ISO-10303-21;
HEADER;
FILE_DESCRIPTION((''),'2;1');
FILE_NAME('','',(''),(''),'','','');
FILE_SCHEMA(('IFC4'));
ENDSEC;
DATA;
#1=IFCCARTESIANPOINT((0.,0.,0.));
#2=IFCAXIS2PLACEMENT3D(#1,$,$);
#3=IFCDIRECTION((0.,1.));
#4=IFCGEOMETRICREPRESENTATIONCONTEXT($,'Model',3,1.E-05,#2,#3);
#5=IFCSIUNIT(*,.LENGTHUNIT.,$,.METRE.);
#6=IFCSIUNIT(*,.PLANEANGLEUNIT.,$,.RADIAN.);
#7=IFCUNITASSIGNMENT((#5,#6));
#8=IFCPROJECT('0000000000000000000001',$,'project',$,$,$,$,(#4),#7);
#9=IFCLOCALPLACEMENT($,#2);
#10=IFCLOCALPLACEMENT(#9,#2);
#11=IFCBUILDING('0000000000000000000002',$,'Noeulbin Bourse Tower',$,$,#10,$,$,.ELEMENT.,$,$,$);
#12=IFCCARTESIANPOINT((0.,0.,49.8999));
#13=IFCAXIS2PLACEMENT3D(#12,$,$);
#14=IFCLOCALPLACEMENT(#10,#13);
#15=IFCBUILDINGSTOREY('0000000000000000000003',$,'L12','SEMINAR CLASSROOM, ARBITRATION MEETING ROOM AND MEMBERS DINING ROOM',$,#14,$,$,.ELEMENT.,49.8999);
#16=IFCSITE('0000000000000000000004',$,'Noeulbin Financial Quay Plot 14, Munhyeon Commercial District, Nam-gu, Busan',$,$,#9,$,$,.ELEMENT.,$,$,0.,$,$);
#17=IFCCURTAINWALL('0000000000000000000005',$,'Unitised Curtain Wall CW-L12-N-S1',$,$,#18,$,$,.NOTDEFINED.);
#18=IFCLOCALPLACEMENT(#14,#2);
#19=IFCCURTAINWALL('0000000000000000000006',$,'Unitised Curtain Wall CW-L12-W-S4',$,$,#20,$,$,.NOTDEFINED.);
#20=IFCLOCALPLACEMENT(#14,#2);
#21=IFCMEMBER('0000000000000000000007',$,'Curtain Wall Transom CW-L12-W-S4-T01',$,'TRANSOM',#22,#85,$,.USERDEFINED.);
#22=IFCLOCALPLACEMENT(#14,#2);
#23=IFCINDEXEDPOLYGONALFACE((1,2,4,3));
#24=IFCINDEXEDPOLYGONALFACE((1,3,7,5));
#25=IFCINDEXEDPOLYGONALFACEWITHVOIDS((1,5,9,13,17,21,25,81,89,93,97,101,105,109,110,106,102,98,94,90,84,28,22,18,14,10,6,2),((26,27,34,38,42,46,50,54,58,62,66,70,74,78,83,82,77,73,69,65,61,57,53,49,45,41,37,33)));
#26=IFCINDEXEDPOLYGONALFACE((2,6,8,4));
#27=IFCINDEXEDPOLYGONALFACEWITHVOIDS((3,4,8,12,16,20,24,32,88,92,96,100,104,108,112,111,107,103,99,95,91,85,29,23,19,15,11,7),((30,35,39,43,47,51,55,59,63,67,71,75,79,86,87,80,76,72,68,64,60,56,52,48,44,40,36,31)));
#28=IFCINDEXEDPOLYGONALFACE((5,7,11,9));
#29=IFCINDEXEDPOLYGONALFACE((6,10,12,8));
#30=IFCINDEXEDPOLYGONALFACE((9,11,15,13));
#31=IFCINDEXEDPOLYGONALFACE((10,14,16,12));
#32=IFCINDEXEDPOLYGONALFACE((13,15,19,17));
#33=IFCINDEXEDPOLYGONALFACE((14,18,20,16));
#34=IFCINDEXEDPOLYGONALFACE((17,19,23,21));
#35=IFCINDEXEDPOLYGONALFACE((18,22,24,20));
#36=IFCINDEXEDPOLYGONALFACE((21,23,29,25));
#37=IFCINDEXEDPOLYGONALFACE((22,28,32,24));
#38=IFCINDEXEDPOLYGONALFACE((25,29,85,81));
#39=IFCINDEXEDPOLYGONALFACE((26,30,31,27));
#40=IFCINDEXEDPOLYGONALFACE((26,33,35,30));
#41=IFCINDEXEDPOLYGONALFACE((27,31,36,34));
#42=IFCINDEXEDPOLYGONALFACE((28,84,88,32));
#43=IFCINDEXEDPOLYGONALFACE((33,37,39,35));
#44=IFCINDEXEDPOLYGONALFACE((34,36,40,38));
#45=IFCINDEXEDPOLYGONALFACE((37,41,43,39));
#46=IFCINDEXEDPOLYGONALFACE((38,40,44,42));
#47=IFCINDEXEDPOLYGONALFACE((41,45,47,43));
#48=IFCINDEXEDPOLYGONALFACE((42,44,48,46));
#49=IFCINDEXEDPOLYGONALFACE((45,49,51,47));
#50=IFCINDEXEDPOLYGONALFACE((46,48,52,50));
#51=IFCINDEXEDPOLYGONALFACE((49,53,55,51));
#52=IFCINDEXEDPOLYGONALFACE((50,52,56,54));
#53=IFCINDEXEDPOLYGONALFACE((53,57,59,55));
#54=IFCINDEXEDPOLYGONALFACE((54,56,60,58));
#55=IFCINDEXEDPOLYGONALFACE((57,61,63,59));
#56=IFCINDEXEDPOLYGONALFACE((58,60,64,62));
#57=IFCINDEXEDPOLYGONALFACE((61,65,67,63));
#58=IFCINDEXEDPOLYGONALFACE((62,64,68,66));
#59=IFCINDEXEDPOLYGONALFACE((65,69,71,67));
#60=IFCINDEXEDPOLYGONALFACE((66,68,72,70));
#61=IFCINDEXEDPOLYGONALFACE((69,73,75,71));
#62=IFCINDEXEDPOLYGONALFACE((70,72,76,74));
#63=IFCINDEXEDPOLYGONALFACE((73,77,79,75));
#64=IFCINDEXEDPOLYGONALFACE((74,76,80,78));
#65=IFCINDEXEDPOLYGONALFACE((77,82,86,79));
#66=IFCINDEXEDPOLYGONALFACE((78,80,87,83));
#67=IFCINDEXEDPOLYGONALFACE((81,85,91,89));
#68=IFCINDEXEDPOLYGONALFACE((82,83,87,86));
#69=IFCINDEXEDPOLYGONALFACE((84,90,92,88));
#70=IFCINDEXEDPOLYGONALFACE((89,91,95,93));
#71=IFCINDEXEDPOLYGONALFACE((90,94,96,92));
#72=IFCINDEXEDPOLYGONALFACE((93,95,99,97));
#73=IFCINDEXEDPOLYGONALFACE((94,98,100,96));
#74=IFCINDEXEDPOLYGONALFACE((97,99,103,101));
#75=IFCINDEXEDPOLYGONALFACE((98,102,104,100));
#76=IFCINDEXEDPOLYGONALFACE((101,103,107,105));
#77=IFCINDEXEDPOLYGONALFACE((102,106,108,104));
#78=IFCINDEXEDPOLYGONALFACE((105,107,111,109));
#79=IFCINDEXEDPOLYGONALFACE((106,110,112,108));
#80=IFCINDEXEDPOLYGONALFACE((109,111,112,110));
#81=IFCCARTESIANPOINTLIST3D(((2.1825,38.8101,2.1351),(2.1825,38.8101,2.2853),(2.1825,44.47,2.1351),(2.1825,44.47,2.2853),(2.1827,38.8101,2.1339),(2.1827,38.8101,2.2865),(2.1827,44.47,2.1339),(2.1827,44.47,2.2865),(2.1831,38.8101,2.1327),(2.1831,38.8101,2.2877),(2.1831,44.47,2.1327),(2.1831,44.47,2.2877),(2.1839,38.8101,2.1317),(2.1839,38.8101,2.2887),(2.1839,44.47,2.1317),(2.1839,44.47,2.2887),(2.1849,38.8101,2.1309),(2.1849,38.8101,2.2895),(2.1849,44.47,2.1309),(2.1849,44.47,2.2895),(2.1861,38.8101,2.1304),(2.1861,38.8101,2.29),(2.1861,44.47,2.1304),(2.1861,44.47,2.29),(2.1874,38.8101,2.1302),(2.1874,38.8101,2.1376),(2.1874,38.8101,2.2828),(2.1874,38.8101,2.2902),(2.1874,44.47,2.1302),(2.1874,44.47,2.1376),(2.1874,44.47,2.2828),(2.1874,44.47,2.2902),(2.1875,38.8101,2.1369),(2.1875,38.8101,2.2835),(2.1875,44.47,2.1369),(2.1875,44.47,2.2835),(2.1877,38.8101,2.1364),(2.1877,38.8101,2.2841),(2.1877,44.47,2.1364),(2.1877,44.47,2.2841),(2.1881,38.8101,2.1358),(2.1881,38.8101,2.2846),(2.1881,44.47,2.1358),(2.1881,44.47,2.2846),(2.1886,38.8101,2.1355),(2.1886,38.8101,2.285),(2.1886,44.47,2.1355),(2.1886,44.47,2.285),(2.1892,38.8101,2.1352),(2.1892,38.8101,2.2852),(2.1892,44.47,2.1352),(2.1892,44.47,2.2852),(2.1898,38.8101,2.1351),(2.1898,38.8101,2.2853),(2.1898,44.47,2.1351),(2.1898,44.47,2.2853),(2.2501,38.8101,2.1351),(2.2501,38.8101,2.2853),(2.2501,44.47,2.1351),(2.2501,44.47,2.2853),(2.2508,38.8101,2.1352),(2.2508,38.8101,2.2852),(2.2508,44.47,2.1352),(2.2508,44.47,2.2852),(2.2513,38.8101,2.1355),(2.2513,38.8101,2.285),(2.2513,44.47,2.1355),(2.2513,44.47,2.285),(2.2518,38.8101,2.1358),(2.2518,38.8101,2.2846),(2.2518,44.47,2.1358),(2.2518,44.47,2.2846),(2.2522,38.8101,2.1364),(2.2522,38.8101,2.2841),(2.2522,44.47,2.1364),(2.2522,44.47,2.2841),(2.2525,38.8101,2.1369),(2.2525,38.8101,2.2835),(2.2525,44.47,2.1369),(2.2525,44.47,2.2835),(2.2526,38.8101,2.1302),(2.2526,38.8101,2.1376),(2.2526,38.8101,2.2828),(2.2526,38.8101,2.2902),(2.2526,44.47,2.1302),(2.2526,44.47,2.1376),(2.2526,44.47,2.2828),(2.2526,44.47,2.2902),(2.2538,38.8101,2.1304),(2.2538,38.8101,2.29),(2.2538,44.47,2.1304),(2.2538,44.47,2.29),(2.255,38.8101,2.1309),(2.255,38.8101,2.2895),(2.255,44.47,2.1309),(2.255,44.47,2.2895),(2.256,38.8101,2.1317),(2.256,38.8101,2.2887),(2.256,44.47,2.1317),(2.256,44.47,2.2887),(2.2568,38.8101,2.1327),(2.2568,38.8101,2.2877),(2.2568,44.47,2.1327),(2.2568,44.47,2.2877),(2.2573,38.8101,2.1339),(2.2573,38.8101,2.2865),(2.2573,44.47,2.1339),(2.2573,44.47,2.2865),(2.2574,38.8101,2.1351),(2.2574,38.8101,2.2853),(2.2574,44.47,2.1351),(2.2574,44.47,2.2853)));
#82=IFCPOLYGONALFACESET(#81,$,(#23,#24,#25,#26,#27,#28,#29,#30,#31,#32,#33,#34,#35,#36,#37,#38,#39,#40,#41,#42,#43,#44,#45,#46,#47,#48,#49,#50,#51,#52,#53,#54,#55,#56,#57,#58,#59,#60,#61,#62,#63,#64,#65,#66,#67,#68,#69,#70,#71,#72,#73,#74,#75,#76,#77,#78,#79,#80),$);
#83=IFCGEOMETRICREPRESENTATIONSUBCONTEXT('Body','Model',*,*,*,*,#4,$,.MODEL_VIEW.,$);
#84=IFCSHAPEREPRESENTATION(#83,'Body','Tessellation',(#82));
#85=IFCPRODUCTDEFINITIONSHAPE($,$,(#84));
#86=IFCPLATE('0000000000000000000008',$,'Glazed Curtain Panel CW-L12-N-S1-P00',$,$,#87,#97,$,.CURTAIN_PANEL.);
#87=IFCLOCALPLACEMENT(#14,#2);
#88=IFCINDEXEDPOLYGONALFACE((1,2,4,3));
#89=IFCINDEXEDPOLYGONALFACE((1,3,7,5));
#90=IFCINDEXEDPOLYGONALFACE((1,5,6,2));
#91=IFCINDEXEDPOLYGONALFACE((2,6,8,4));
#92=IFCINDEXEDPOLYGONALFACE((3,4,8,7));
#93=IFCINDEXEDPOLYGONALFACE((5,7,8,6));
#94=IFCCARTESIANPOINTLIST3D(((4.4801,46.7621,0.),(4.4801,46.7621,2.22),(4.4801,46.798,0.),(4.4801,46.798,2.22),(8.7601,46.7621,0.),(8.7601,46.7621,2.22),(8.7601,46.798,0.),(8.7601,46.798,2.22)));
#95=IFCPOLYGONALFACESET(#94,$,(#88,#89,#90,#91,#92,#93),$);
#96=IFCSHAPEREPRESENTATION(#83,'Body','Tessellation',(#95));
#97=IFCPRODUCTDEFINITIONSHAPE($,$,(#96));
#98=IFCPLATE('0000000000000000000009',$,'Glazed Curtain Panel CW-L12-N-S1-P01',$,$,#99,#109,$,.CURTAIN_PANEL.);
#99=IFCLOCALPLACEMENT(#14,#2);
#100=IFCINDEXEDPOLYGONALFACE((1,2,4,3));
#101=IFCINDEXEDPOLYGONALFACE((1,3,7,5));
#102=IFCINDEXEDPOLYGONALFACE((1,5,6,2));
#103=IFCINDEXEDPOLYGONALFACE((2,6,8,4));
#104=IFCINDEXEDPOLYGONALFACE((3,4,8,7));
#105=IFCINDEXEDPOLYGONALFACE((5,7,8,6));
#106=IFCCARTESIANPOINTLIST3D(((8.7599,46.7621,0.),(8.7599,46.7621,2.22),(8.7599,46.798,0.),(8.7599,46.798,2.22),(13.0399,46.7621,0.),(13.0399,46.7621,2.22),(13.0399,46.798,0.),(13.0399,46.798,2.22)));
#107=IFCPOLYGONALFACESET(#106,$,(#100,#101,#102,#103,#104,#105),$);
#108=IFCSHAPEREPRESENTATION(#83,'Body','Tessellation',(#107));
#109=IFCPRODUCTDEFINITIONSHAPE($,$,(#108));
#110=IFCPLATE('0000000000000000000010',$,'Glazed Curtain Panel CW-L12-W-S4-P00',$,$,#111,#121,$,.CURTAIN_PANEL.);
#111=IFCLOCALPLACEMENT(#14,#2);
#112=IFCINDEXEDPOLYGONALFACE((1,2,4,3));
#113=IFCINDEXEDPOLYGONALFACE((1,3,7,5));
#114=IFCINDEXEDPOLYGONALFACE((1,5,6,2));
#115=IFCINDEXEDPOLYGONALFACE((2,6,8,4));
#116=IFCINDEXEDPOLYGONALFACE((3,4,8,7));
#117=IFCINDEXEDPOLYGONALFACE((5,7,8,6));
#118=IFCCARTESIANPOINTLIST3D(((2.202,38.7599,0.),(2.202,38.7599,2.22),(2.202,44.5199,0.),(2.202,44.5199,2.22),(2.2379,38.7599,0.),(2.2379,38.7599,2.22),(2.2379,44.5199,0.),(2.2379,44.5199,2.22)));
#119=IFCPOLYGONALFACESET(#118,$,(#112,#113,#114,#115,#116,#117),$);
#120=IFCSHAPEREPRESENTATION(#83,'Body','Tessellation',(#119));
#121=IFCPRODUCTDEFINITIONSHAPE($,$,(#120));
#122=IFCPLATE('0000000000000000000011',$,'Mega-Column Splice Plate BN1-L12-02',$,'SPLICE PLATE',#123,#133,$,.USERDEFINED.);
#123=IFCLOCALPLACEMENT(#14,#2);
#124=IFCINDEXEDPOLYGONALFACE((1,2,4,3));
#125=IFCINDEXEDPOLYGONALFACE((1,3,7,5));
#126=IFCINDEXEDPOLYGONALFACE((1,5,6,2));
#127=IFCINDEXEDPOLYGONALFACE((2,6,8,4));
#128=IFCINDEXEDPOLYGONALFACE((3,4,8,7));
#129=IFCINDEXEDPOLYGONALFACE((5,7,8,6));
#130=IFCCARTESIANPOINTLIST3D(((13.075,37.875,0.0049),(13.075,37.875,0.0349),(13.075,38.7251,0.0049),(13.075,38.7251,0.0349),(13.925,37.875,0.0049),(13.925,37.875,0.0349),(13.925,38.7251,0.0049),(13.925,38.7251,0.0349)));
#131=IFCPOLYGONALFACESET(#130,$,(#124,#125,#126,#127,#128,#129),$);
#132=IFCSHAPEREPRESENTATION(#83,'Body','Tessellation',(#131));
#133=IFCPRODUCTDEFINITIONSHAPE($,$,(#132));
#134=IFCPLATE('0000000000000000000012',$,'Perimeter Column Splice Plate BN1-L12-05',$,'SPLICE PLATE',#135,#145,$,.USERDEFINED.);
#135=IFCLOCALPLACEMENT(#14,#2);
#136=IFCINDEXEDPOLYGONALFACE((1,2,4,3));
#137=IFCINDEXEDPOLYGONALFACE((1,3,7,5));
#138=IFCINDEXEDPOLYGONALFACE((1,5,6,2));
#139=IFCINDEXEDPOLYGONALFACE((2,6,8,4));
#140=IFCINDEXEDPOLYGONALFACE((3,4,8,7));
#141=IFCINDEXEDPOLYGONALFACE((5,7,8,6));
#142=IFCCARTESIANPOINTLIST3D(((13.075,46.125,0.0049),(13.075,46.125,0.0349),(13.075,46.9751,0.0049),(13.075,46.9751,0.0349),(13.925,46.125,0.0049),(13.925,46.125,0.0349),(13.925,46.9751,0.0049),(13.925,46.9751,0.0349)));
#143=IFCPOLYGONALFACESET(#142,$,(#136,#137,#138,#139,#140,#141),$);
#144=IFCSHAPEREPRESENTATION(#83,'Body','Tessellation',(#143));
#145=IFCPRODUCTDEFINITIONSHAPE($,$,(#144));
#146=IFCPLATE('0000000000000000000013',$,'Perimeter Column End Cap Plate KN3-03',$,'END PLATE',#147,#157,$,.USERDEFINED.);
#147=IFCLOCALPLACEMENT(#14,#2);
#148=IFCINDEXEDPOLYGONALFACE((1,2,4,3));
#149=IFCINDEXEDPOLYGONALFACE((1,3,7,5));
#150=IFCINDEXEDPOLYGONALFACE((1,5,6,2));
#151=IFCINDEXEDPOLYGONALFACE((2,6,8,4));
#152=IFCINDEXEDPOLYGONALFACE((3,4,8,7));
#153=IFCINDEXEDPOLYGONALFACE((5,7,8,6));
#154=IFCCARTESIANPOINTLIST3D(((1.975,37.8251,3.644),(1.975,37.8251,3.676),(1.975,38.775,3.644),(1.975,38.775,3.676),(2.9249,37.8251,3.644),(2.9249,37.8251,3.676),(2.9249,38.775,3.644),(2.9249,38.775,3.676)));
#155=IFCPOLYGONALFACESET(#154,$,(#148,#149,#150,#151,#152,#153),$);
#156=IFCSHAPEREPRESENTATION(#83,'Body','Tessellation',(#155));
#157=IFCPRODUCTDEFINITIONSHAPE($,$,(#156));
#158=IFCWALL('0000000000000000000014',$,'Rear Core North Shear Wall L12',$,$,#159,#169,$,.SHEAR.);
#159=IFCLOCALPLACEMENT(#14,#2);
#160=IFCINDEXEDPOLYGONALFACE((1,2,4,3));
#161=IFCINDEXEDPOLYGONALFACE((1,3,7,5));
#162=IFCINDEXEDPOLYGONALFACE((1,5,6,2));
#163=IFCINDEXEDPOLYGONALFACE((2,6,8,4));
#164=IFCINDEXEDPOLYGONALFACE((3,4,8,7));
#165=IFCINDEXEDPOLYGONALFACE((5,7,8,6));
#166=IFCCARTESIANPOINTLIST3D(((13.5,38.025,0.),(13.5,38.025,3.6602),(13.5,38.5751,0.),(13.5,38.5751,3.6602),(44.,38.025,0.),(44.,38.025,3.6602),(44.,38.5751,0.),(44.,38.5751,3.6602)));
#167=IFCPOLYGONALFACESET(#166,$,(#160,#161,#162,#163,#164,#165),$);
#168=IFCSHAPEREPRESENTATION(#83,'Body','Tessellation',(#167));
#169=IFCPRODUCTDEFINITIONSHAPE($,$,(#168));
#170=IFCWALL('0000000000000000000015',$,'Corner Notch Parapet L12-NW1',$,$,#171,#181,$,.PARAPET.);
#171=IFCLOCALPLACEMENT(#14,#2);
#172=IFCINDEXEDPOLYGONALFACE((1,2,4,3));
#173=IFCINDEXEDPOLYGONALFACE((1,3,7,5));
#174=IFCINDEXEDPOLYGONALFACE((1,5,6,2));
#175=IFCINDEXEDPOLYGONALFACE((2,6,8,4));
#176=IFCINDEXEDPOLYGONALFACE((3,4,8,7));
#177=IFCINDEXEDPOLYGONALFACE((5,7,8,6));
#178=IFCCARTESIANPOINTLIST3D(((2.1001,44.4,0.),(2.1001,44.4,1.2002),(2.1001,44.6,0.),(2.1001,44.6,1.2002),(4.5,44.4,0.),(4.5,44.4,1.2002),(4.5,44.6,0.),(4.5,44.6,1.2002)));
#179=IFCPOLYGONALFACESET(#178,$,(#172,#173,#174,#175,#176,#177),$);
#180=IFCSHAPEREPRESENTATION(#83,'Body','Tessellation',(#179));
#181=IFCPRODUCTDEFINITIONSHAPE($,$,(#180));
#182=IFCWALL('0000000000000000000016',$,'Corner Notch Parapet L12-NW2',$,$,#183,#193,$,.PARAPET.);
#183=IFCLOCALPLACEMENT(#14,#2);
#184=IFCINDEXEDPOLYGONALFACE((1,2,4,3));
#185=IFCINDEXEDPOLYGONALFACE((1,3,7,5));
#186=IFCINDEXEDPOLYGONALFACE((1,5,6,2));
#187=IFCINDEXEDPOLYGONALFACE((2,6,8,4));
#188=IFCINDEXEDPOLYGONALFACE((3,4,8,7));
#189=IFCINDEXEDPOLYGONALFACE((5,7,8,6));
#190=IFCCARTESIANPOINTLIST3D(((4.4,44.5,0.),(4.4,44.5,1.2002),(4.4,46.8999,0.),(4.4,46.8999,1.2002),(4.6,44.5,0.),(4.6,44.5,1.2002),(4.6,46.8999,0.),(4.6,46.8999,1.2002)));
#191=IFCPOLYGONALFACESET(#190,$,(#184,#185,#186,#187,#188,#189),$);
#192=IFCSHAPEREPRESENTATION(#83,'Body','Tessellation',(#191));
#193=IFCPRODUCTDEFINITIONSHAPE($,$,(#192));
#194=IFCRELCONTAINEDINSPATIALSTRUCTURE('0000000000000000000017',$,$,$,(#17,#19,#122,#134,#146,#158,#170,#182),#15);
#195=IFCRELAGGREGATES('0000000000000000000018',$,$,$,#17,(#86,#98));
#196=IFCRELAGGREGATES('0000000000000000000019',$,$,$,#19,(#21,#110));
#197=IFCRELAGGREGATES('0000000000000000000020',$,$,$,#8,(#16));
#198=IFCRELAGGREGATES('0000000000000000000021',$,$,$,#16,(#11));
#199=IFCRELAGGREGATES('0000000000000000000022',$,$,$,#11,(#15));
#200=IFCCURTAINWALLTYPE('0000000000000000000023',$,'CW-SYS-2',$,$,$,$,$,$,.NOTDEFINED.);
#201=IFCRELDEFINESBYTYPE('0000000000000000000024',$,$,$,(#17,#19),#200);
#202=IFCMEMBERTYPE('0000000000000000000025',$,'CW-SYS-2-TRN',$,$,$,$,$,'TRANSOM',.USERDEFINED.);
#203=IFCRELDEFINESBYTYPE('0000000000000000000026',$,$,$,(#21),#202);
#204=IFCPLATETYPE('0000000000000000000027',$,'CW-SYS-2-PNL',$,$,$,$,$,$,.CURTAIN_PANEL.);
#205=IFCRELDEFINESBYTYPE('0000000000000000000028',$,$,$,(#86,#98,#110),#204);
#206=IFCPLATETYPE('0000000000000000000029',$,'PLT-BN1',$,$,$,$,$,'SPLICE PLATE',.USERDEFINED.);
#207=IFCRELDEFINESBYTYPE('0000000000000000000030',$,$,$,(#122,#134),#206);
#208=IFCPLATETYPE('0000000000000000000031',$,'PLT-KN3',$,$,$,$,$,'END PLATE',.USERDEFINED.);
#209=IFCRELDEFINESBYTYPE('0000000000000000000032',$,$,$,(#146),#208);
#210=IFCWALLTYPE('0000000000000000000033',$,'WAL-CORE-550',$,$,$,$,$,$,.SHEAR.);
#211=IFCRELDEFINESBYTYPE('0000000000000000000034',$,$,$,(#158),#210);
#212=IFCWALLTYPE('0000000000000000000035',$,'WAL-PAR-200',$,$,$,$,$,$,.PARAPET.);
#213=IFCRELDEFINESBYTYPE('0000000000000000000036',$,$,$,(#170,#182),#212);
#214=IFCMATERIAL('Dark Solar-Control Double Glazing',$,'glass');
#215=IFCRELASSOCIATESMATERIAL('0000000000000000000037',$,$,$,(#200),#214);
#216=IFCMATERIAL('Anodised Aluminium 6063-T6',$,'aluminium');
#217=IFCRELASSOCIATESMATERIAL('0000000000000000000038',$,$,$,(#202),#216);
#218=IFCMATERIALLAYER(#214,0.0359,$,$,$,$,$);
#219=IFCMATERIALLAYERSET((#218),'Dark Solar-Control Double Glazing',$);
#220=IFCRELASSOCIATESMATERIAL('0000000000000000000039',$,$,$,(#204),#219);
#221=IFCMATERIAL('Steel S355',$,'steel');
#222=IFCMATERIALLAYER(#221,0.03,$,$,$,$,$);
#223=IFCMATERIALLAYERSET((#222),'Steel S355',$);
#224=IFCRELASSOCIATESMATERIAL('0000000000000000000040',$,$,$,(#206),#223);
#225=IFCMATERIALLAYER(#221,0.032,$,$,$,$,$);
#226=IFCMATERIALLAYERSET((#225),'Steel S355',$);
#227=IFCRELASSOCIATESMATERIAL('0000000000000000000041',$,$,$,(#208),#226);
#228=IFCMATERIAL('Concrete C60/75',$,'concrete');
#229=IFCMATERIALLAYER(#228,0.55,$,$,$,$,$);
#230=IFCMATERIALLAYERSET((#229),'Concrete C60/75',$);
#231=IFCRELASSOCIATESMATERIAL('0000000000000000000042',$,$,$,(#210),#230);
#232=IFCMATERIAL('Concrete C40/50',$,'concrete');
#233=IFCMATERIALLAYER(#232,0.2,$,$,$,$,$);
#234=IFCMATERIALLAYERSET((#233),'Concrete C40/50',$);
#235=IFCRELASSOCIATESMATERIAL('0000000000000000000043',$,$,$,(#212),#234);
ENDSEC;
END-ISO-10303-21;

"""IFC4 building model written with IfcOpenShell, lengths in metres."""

from ifc_helpers import new_model, si_unit, direction, frame, frame_2d, origin, origin_2d, place, context, subcontext, project, spatial, rectangle, hollow_rectangle, extrude, material, layer, layer_set, material_profile, profile_set, type_object, element, aggregate, save


model = new_model("IFC4")

# Units and contexts
model_context = context("Model", 3, precision=1e-05, world=origin(), true_north=direction((0.0, 1.0)))
body_context = subcontext(model_context, "Body", "Model", "MODEL_VIEW")
ifc_project = project(units=[si_unit("LENGTHUNIT", "METRE"), si_unit("PLANEANGLEUNIT", "RADIAN")], contexts=[model_context])

# Site, building, storey
site_placement = place(None, origin())
site = spatial("IfcSite", under=ifc_project, at=site_placement, Name="Noeulbin Financial Quay Plot 14, Munhyeon Commercial District, Nam-gu, Busan", CompositionType="ELEMENT", RefElevation=0.0)
building_placement = place(site_placement, origin())
building = spatial("IfcBuilding", under=site, at=building_placement, Name="Noeulbin Bourse Tower", CompositionType="ELEMENT")
storey_placement = place(building_placement, frame((0.0, 0.0, 49.8999)))
storey = spatial("IfcBuildingStorey", under=building, at=storey_placement, Name="L12", Description="SEMINAR CLASSROOM, ARBITRATION MEETING ROOM AND MEMBERS DINING ROOM", CompositionType="ELEMENT", Elevation=49.8999)

# Shared definitions
ifc_material_1 = material(Name="Steel S355", Category="steel")

# Curtain wall
ifc_material_2 = material(Name="Dark Solar-Control Double Glazing", Category="glass")
curtain_wall_type = type_object("IfcCurtainWallType", Name="CW-SYS-2", PredefinedType="NOTDEFINED", material=ifc_material_2)
curtain_wall_1_placement = place(storey_placement, origin())
curtain_wall_1 = element("IfcCurtainWall", 1, at=curtain_wall_1_placement, inside=storey, type_object=curtain_wall_type, Name="Unitised Curtain Wall CW-L12-N-S1", PredefinedType="NOTDEFINED")
ifc_material_3 = material(Name="Anodised Aluminium 6063-T6", Category="aluminium")

# Curtain wall
curtain_wall_2_placement = place(storey_placement, origin())
curtain_wall_2 = element("IfcCurtainWall", 2, at=curtain_wall_2_placement, inside=storey, type_object=curtain_wall_type, Name="Unitised Curtain Wall CW-L12-W-S4", PredefinedType="NOTDEFINED")

# Member
ifc_material_profile_1 = material_profile(ifc_material_3, hollow_rectangle(XDim=0.075, YDim=0.1599, WallThickness=0.0049, InnerFilletRadius=0.0024, OuterFilletRadius=0.0049, at=origin_2d()), Name="ALU-TRAN-75x160x5", Category="LoadBearing")
ifc_profile_set_1 = profile_set([ifc_material_profile_1], Name="Anodised Aluminium 6063-T6")
member_type_1 = type_object("IfcMemberType", Name="CW-SYS-2-TRN", ElementType="TRANSOM", PredefinedType="USERDEFINED", material=ifc_profile_set_1)
member_1_placement = place(storey_placement, frame((2.22, 38.8101, 2.2102), z_axis=(0.0, 1.0, 0.0), x_axis=(-1.0, 0.0, 0.0)))
member_1 = element("IfcMember", 3, at=member_1_placement, type_object=member_type_1, Name="Curtain Wall Transom CW-L12-W-S4-T01", ObjectType="TRANSOM", PredefinedType="USERDEFINED", context=body_context, shape_type="SweptSolid", body=[
    extrude(hollow_rectangle(XDim=0.075, YDim=0.1599, WallThickness=0.0049, InnerFilletRadius=0.0024, OuterFilletRadius=0.0049, at=origin_2d()), origin(), (0.0, 0.0, 1.0), 5.6599),
])

# Plates
ifc_layer_1 = layer(ifc_material_2, 0.0359)
ifc_layer_set_1 = layer_set([ifc_layer_1], Name="Dark Solar-Control Double Glazing")
plate_type_1 = type_object("IfcPlateType", Name="CW-SYS-2-PNL", PredefinedType="CURTAIN_PANEL", material=ifc_layer_set_1)
plate_1_placement = place(storey_placement, frame((6.6201, 46.78, 0.0), z_axis=(0.0, 0.0, 1.0), x_axis=(1.0, 0.0, 0.0)))
plate_1 = element("IfcPlate", 4, at=plate_1_placement, type_object=plate_type_1, Name="Glazed Curtain Panel CW-L12-N-S1-P00", PredefinedType="CURTAIN_PANEL", context=body_context, shape_type="SweptSolid", body=[
    extrude(rectangle(XDim=4.28, YDim=0.0359, at=origin_2d()), origin(), (0.0, 0.0, 1.0), 2.22),
])
plate_2_placement = place(storey_placement, frame((10.8999, 46.78, 0.0), z_axis=(0.0, 0.0, 1.0), x_axis=(1.0, 0.0, 0.0)))
plate_2 = element("IfcPlate", 5, at=plate_2_placement, type_object=plate_type_1, Name="Glazed Curtain Panel CW-L12-N-S1-P01", PredefinedType="CURTAIN_PANEL", context=body_context, shape_type="SweptSolid", body=[
    extrude(rectangle(XDim=4.28, YDim=0.0359, at=origin_2d()), origin(), (0.0, 0.0, 1.0), 2.22),
])
aggregate(curtain_wall_1, [plate_1, plate_2])
plate_3_placement = place(storey_placement, frame((2.22, 41.6399, 0.0), z_axis=(0.0, 0.0, 1.0), x_axis=(0.0, 1.0, 0.0)))
plate_3 = element("IfcPlate", 6, at=plate_3_placement, type_object=plate_type_1, Name="Glazed Curtain Panel CW-L12-W-S4-P00", PredefinedType="CURTAIN_PANEL", context=body_context, shape_type="SweptSolid", body=[
    extrude(rectangle(XDim=5.76, YDim=0.0359, at=origin_2d()), origin(), (0.0, 0.0, 1.0), 2.22),
])
aggregate(curtain_wall_2, [member_1, plate_3])

# Plates
ifc_layer_2 = layer(ifc_material_1, 0.03)
ifc_layer_set_2 = layer_set([ifc_layer_2], Name="Steel S355")
plate_type_2 = type_object("IfcPlateType", Name="PLT-BN1", ElementType="SPLICE PLATE", PredefinedType="USERDEFINED", material=ifc_layer_set_2)
for number, where, z_axis, x_axis, name in (
    (7, (13.5, 38.3, 0.0049), (0.0, 0.0, 1.0), (1.0, 0.0, 0.0), "Mega-Column Splice Plate BN1-L12-02"),
    (8, (13.5, 46.55, 0.0049), (0.0, 0.0, 1.0), (1.0, 0.0, 0.0), "Perimeter Column Splice Plate BN1-L12-05"),
):
    element("IfcPlate", number, at=place(storey_placement, frame(where, z_axis=z_axis, x_axis=x_axis)), inside=storey, type_object=plate_type_2, Name=name, ObjectType="SPLICE PLATE", PredefinedType="USERDEFINED", context=body_context, shape_type="SweptSolid", body=[
        extrude(rectangle(XDim=0.8501, YDim=0.8501, at=origin_2d()), origin(), (0.0, 0.0, 1.0), 0.03),
    ])
ifc_layer_3 = layer(ifc_material_1, 0.032)
ifc_layer_set_3 = layer_set([ifc_layer_3], Name="Steel S355")
plate_type_3 = type_object("IfcPlateType", Name="PLT-KN3", ElementType="END PLATE", PredefinedType="USERDEFINED", material=ifc_layer_set_3)
plate_4_placement = place(storey_placement, frame((2.45, 38.3, 3.644), z_axis=(0.0, 0.0, 1.0), x_axis=(1.0, 0.0, 0.0)))
element("IfcPlate", 9, at=plate_4_placement, inside=storey, type_object=plate_type_3, Name="Perimeter Column End Cap Plate KN3-03", ObjectType="END PLATE", PredefinedType="USERDEFINED", context=body_context, shape_type="SweptSolid", body=[
    extrude(rectangle(XDim=0.95, YDim=0.95, at=origin_2d()), origin(), (0.0, 0.0, 1.0), 0.032),
])

# Walls
ifc_material_4 = material(Name="Concrete C60/75", Category="concrete")
ifc_layer_4 = layer(ifc_material_4, 0.55)
ifc_layer_set_4 = layer_set([ifc_layer_4], Name="Concrete C60/75")
wall_type_1 = type_object("IfcWallType", Name="WAL-CORE-550", PredefinedType="SHEAR", material=ifc_layer_set_4)
wall_1_placement = place(storey_placement, frame((13.5, 38.3, 0.0), z_axis=(0.0, 0.0, 1.0), x_axis=(1.0, 0.0, 0.0)))
element("IfcWall", 10, at=wall_1_placement, inside=storey, type_object=wall_type_1, Name="Rear Core North Shear Wall L12", PredefinedType="SHEAR", context=body_context, shape_type="SweptSolid", body=[
    extrude(rectangle(XDim=30.5, YDim=0.55, at=frame_2d((15.25, 0.0))), origin(), (0.0, 0.0, 1.0), 3.6602),
])
ifc_material_5 = material(Name="Concrete C40/50", Category="concrete")
ifc_layer_5 = layer(ifc_material_5, 0.2)
ifc_layer_set_5 = layer_set([ifc_layer_5], Name="Concrete C40/50")
wall_type_2 = type_object("IfcWallType", Name="WAL-PAR-200", PredefinedType="PARAPET", material=ifc_layer_set_5)
for number, where, z_axis, x_axis, name in (
    (11, (2.1001, 44.5, 0.0), (0.0, 0.0, 1.0), (1.0, 0.0, 0.0), "Corner Notch Parapet L12-NW1"),
    (12, (4.5, 44.5, 0.0), (0.0, 0.0, 1.0), (0.0, 1.0, 0.0), "Corner Notch Parapet L12-NW2"),
):
    element("IfcWall", number, at=place(storey_placement, frame(where, z_axis=z_axis, x_axis=x_axis)), inside=storey, type_object=wall_type_2, Name=name, PredefinedType="PARAPET", context=body_context, shape_type="SweptSolid", body=[
        extrude(rectangle(XDim=2.3999, YDim=0.2, at=frame_2d((1.2, 0.0))), origin(), (0.0, 0.0, 1.0), 1.2002),
    ])

save(model, "model.ifc")
